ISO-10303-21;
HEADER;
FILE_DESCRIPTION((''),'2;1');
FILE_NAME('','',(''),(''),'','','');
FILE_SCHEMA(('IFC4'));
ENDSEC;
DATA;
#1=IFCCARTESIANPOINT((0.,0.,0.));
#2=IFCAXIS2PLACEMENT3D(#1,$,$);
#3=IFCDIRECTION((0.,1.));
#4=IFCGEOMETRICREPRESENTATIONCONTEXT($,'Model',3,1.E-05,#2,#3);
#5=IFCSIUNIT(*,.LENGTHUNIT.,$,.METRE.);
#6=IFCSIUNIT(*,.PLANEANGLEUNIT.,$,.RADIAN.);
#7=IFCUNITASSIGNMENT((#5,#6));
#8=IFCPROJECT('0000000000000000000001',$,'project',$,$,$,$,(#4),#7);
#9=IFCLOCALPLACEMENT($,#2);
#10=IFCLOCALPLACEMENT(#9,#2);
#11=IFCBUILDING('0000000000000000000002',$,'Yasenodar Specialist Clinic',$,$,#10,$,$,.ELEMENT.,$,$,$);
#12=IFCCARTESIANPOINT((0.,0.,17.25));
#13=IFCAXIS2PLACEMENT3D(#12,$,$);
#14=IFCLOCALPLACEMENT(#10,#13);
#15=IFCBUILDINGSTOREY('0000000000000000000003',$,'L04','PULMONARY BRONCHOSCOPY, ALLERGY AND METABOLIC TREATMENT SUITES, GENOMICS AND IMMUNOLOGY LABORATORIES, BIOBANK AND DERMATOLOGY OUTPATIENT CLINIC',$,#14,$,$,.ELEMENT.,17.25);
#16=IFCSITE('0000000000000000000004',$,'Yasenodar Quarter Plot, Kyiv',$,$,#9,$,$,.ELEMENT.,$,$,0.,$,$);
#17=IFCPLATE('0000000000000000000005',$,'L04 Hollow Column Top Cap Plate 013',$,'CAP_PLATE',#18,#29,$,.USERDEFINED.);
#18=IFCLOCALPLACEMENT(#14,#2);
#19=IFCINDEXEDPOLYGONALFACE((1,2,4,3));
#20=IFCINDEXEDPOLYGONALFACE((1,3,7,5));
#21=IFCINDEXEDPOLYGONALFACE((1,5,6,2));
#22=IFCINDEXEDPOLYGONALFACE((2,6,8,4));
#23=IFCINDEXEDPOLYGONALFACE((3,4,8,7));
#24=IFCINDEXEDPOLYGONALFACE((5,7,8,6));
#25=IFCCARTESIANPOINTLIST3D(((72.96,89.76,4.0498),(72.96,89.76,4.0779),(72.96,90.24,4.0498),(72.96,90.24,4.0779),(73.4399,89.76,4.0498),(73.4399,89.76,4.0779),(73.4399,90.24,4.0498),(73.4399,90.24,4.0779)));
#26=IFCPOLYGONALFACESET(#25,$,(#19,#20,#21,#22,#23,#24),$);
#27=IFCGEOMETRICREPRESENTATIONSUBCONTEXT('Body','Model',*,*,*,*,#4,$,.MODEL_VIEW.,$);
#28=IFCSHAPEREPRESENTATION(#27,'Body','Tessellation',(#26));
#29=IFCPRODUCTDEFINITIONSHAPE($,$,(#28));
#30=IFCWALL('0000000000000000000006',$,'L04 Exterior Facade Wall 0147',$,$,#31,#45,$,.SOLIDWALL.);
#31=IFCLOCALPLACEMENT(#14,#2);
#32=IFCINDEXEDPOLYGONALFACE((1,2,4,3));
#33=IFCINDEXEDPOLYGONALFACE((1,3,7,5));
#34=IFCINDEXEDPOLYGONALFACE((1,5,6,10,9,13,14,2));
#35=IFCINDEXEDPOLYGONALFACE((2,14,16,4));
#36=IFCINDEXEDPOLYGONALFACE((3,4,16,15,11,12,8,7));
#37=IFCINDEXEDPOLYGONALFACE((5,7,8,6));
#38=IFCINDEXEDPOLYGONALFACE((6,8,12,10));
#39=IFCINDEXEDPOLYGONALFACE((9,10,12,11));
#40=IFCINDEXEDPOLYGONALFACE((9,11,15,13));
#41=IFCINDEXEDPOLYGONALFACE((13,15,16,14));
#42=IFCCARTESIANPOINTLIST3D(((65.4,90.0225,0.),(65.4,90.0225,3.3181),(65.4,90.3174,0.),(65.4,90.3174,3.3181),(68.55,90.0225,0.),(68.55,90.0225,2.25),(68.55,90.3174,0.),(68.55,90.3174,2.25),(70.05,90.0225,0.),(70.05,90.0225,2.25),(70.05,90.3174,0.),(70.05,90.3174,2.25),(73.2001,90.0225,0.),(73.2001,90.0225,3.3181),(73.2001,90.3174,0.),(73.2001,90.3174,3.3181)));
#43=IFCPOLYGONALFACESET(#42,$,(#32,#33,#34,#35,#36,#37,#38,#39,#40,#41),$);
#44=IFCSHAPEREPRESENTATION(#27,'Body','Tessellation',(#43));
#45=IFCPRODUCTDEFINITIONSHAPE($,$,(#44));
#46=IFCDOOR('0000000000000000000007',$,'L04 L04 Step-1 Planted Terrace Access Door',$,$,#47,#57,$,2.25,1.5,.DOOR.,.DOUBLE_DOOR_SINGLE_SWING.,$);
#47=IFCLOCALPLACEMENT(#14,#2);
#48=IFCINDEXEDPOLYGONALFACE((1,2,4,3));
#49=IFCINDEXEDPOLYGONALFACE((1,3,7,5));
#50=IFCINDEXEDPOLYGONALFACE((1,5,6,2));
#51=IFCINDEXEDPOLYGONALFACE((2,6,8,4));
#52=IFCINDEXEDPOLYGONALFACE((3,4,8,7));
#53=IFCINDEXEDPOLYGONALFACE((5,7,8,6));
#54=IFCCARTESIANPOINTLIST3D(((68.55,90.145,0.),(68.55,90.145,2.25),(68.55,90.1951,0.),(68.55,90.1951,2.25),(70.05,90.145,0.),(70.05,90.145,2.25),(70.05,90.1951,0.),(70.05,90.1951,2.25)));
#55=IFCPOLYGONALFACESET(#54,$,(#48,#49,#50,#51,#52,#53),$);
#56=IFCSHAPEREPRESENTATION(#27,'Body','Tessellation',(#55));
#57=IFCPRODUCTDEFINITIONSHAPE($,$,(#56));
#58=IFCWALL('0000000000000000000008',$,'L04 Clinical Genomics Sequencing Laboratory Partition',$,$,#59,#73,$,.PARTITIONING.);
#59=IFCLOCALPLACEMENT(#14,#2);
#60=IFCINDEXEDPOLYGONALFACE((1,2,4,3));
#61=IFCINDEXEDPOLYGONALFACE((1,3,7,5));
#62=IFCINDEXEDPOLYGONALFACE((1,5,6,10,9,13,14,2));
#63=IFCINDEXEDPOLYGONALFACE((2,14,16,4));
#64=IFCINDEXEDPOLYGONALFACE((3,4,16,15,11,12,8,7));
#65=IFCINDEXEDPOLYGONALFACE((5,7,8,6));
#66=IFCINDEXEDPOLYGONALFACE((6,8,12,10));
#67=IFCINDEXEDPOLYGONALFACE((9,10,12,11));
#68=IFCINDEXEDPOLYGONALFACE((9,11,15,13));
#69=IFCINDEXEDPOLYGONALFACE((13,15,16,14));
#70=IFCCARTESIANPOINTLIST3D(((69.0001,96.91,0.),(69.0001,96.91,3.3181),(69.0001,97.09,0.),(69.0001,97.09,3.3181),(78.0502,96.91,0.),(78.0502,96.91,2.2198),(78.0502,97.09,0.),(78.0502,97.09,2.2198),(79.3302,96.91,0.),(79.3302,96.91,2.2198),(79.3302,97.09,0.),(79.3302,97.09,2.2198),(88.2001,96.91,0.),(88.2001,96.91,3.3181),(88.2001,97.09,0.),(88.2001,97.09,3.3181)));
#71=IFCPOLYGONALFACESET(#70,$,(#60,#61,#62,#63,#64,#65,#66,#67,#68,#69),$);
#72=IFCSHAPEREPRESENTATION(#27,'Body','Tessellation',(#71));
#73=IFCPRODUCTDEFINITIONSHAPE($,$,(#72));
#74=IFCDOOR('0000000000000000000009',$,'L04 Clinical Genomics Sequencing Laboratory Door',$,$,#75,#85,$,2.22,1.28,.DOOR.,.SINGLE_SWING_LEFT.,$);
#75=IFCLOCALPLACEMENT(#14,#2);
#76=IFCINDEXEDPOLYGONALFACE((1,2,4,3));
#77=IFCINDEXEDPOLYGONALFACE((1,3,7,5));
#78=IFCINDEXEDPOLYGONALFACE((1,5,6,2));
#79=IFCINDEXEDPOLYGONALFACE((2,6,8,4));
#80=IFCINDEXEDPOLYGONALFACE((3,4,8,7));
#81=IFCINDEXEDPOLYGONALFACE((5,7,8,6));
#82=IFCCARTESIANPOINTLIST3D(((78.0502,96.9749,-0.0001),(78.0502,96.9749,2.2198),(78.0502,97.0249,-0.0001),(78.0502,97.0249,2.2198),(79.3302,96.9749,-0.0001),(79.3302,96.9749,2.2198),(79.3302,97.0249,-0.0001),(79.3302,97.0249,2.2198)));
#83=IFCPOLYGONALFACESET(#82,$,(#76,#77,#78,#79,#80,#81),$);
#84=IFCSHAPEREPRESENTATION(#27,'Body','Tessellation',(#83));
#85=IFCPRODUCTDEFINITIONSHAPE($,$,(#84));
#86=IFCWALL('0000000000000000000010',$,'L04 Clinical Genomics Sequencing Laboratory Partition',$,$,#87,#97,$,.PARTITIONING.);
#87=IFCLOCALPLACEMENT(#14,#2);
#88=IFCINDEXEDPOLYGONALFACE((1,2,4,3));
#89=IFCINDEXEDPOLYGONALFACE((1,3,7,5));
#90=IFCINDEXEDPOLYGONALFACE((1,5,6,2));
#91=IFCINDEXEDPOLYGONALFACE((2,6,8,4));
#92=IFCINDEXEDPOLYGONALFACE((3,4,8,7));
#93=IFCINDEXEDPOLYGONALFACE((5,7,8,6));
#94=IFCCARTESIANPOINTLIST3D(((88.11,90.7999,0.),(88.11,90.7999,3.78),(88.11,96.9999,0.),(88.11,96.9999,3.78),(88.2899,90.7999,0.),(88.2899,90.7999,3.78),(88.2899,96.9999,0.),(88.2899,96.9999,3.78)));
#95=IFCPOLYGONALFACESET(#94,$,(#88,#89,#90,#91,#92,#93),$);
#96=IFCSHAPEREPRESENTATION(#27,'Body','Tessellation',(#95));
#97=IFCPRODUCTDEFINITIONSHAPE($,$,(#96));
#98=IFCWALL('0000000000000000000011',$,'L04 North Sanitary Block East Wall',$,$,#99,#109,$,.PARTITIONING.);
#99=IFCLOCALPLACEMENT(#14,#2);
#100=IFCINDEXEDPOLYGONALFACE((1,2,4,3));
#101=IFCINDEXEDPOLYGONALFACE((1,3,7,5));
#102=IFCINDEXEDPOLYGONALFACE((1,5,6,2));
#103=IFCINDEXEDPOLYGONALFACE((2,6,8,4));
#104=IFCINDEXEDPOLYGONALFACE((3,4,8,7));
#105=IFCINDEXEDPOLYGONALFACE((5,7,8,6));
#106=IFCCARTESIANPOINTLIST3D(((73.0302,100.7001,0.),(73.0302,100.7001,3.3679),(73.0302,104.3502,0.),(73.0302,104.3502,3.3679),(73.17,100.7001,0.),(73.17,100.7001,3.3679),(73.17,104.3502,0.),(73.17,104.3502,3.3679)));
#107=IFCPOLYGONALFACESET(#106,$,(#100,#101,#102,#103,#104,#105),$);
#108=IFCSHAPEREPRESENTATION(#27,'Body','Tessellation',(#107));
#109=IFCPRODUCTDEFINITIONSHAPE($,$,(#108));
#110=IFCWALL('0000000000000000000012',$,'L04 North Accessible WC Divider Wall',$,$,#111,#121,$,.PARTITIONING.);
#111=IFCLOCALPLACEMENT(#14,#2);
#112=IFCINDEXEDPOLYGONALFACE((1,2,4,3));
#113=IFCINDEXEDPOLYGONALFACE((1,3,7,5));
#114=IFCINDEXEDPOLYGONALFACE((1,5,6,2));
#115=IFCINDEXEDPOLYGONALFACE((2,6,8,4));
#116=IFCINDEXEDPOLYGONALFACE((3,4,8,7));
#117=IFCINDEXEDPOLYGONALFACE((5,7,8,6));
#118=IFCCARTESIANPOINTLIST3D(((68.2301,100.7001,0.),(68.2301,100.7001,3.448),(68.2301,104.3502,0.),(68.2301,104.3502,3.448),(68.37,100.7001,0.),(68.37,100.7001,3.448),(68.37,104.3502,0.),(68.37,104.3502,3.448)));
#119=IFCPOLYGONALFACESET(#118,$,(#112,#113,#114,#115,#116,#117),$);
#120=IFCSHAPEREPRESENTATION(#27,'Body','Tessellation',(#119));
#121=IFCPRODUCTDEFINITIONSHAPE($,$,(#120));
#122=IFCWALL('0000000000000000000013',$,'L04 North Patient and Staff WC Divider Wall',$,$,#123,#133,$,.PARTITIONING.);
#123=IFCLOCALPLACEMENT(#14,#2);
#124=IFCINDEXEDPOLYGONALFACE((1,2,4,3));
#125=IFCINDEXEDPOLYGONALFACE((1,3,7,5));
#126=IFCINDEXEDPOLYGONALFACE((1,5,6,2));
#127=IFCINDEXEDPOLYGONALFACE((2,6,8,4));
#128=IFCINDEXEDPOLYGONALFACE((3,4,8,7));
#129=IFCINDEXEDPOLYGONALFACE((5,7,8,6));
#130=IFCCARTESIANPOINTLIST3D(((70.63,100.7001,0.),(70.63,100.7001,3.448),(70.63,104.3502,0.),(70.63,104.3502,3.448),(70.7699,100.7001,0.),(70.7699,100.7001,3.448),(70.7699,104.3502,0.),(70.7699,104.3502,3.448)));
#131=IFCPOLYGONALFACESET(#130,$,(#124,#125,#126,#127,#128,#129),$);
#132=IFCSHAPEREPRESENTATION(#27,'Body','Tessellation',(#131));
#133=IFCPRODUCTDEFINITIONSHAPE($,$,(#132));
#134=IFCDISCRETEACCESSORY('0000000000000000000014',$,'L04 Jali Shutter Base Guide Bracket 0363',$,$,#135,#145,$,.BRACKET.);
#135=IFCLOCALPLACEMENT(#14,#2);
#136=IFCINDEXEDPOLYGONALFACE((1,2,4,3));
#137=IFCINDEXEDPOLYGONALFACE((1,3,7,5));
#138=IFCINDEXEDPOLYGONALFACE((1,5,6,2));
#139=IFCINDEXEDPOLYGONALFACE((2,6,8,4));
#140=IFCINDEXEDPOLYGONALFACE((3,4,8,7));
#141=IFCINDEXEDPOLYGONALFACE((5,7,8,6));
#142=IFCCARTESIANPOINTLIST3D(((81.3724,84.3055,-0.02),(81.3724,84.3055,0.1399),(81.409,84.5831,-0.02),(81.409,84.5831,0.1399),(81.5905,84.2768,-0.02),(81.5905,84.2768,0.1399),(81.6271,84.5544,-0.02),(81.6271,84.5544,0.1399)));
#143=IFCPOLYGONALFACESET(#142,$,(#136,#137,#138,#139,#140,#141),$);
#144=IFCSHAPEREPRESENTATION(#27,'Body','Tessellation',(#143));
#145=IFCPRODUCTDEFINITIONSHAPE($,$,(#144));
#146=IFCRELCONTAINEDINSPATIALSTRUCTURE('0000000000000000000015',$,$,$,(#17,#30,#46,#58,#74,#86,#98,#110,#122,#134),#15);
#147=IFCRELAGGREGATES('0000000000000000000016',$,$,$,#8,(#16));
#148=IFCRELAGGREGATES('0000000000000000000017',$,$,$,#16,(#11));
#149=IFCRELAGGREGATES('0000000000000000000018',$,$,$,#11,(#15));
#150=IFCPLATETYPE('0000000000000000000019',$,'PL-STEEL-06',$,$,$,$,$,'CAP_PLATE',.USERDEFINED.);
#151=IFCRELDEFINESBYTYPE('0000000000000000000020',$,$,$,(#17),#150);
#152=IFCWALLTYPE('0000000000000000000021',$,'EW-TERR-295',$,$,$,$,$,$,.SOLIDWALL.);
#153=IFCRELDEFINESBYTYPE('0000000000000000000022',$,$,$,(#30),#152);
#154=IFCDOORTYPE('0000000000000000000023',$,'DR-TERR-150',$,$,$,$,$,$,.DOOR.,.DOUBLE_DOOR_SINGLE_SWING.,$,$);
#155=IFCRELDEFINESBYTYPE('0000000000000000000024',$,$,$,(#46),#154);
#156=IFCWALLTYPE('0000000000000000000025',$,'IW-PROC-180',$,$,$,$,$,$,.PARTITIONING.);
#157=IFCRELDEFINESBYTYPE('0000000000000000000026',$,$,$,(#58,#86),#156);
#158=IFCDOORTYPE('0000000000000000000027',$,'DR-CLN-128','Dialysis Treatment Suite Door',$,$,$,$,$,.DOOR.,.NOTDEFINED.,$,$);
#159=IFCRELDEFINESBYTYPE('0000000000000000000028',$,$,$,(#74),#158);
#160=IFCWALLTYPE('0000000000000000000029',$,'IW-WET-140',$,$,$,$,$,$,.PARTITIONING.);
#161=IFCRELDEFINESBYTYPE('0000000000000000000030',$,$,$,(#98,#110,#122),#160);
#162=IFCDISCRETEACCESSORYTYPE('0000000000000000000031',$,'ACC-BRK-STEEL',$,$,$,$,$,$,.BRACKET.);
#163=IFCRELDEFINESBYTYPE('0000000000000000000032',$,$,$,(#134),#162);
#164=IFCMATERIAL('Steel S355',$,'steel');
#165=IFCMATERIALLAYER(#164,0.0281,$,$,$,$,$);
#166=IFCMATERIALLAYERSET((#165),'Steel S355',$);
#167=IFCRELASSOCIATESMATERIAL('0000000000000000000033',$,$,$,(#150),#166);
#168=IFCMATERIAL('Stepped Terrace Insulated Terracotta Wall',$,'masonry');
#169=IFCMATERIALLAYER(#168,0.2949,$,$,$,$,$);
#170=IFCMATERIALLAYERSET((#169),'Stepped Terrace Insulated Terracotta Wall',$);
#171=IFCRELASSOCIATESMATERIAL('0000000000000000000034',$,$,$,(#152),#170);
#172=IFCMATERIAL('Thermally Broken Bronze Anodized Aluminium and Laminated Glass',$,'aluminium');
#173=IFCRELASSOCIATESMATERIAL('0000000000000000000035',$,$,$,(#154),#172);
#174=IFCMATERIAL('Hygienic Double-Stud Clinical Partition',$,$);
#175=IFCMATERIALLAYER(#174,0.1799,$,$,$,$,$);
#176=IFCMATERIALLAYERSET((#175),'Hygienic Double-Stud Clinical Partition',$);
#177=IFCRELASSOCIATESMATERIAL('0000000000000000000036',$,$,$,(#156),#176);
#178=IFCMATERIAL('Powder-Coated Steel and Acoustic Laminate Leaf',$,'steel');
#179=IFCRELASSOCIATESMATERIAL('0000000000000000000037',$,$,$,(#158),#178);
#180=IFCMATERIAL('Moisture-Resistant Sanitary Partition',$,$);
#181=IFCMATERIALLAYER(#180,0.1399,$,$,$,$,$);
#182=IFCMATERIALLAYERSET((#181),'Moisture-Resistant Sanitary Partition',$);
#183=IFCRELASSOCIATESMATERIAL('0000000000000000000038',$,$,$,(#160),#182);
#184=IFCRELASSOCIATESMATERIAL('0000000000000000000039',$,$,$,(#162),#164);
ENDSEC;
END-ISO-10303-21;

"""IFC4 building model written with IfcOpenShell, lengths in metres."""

from ifc_helpers import new_model, si_unit, direction, frame, frame_2d, origin, origin_2d, place, context, subcontext, project, spatial, rectangle, extrude, material, layer, layer_set, type_object, element, fill, save


model = new_model("IFC4")

# Units and contexts
model_context = context("Model", 3, precision=1e-05, world=origin(), true_north=direction((0.0, 1.0)))
body_context = subcontext(model_context, "Body", "Model", "MODEL_VIEW")
ifc_project = project(units=[si_unit("LENGTHUNIT", "METRE"), si_unit("PLANEANGLEUNIT", "RADIAN")], contexts=[model_context])

# Site, building, storey
site_placement = place(None, origin())
site = spatial("IfcSite", under=ifc_project, at=site_placement, Name="Yasenodar Quarter Plot, Kyiv", CompositionType="ELEMENT", RefElevation=0.0)
building_placement = place(site_placement, origin())
building = spatial("IfcBuilding", under=site, at=building_placement, Name="Yasenodar Specialist Clinic", CompositionType="ELEMENT")
storey_placement = place(building_placement, frame((0.0, 0.0, 17.25)))
storey = spatial("IfcBuildingStorey", under=building, at=storey_placement, Name="L04", Description="PULMONARY BRONCHOSCOPY, ALLERGY AND METABOLIC TREATMENT SUITES, GENOMICS AND IMMUNOLOGY LABORATORIES, BIOBANK AND DERMATOLOGY OUTPATIENT CLINIC", CompositionType="ELEMENT", Elevation=17.25)

# Shared definitions
ifc_material_1 = material(Name="Steel S355", Category="steel")

# Plate
ifc_layer_1 = layer(ifc_material_1, 0.0281)
ifc_layer_set_1 = layer_set([ifc_layer_1], Name="Steel S355")
plate_type_1 = type_object("IfcPlateType", Name="PL-STEEL-06", ElementType="CAP_PLATE", PredefinedType="USERDEFINED", material=ifc_layer_set_1)
plate_placement = place(storey_placement, frame((73.2, 90.0, 4.0498), z_axis=(0.0, 0.0, 1.0), x_axis=(1.0, 0.0, 0.0)))
element("IfcPlate", 1, at=plate_placement, inside=storey, type_object=plate_type_1, Name="L04 Hollow Column Top Cap Plate 013", ObjectType="CAP_PLATE", PredefinedType="USERDEFINED", context=body_context, shape_type="SweptSolid", body=[
    extrude(rectangle(XDim=0.48, YDim=0.48, at=origin_2d()), origin(), (0.0, 0.0, 1.0), 0.0281),
])

# Walls, openings, doors
ifc_material_2 = material(Name="Stepped Terrace Insulated Terracotta Wall", Category="masonry")
ifc_layer_2 = layer(ifc_material_2, 0.2949)
ifc_layer_set_2 = layer_set([ifc_layer_2], Name="Stepped Terrace Insulated Terracotta Wall")
wall_type_1 = type_object("IfcWallType", Name="EW-TERR-295", PredefinedType="SOLIDWALL", material=ifc_layer_set_2)
wall_1_placement = place(storey_placement, frame((73.2, 90.1699, 0.0), z_axis=(0.0, 0.0, 1.0), x_axis=(-1.0, 0.0, 0.0)))
wall_1 = element("IfcWall", 2, at=wall_1_placement, inside=storey, type_object=wall_type_1, Name="L04 Exterior Facade Wall 0147", PredefinedType="SOLIDWALL", context=body_context, shape_type="SweptSolid", body=[
    extrude(rectangle(XDim=7.8, YDim=0.2949, at=frame_2d((3.8999, 0.0))), origin(), (0.0, 0.0, 1.0), 3.3181),
])
opening_1_placement = place(wall_1_placement, frame((3.1499, 0.0, 0.0)))
opening_1 = element("IfcOpeningElement", 3, at=opening_1_placement, cuts=wall_1, PredefinedType="OPENING", context=body_context, shape_type="SweptSolid", body=[
    extrude(rectangle(XDim=1.5, YDim=2.25, at=frame_2d((0.75, 1.125))), frame((0.0, 0.1575, 0.0), z_axis=(0.0, -1.0, 0.0), x_axis=(1.0, 0.0, 0.0)), (0.0, 0.0, 1.0), 0.3149),
])
ifc_material_3 = material(Name="Thermally Broken Bronze Anodized Aluminium and Laminated Glass", Category="aluminium")
door_type_1 = type_object("IfcDoorType", Name="DR-TERR-150", OperationType="DOUBLE_DOOR_SINGLE_SWING", PredefinedType="DOOR", material=ifc_material_3)
door_1_placement = place(opening_1_placement, origin())
door_1 = element("IfcDoor", 4, at=door_1_placement, inside=storey, type_object=door_type_1, Name="L04 L04 Step-1 Planted Terrace Access Door", OperationType="DOUBLE_DOOR_SINGLE_SWING", OverallHeight=2.25, OverallWidth=1.5, PredefinedType="DOOR", context=body_context, shape_type="SweptSolid", body=[
    extrude(rectangle(XDim=1.5, YDim=2.25, at=frame_2d((0.75, 1.125))), frame((0.0, 0.0249, 0.0), z_axis=(0.0, -1.0, 0.0), x_axis=(1.0, 0.0, 0.0)), (0.0, 0.0, 1.0), 0.05),
])
fill(opening_1, door_1)
ifc_material_4 = material(Name="Hygienic Double-Stud Clinical Partition")
ifc_layer_3 = layer(ifc_material_4, 0.1799)
ifc_layer_set_3 = layer_set([ifc_layer_3], Name="Hygienic Double-Stud Clinical Partition")
wall_type_2 = type_object("IfcWallType", Name="IW-PROC-180", PredefinedType="PARTITIONING", material=ifc_layer_set_3)
wall_2_placement = place(storey_placement, frame((69.0, 97.0, 0.0), z_axis=(0.0, 0.0, 1.0), x_axis=(1.0, 0.0, 0.0)))
wall_2 = element("IfcWall", 5, at=wall_2_placement, inside=storey, type_object=wall_type_2, Name="L04 Clinical Genomics Sequencing Laboratory Partition", PredefinedType="PARTITIONING", context=body_context, shape_type="SweptSolid", body=[
    extrude(rectangle(XDim=19.2, YDim=0.1799, at=frame_2d((9.6001, 0.0))), origin(), (0.0, 0.0, 1.0), 3.3181),
])
opening_2_placement = place(wall_2_placement, frame((9.05, 0.0, 0.0)))
opening_2 = element("IfcOpeningElement", 6, at=opening_2_placement, cuts=wall_2, PredefinedType="OPENING", context=body_context, shape_type="SweptSolid", body=[
    extrude(rectangle(XDim=1.28, YDim=2.22, at=frame_2d((0.6401, 1.1099))), frame((0.0, 0.1001, 0.0), z_axis=(0.0, -1.0, 0.0), x_axis=(1.0, 0.0, 0.0)), (0.0, 0.0, 1.0), 0.2),
])
ifc_material_5 = material(Name="Powder-Coated Steel and Acoustic Laminate Leaf", Category="steel")
door_type_2 = type_object("IfcDoorType", Name="DR-CLN-128", Description="Dialysis Treatment Suite Door", OperationType="NOTDEFINED", PredefinedType="DOOR", material=ifc_material_5)
door_2_placement = place(opening_2_placement, origin())
door_2 = element("IfcDoor", 7, at=door_2_placement, inside=storey, type_object=door_type_2, Name="L04 Clinical Genomics Sequencing Laboratory Door", OperationType="SINGLE_SWING_LEFT", OverallHeight=2.22, OverallWidth=1.28, PredefinedType="DOOR", context=body_context, shape_type="SweptSolid", body=[
    extrude(rectangle(XDim=1.28, YDim=2.22, at=frame_2d((0.6401, 1.1099))), frame((0.0, 0.0249, 0.0), z_axis=(0.0, -1.0, 0.0), x_axis=(1.0, 0.0, 0.0)), (0.0, 0.0, 1.0), 0.05),
])
fill(opening_2, door_2)

# Walls
wall_3_placement = place(storey_placement, frame((88.2, 97.0, 0.0), z_axis=(0.0, 0.0, 1.0), x_axis=(0.0, -1.0, 0.0)))
element("IfcWall", 8, at=wall_3_placement, inside=storey, type_object=wall_type_2, Name="L04 Clinical Genomics Sequencing Laboratory Partition", PredefinedType="PARTITIONING", context=body_context, shape_type="SweptSolid", body=[
    extrude(rectangle(XDim=6.2, YDim=0.1799, at=frame_2d((3.1001, 0.0))), origin(), (0.0, 0.0, 1.0), 3.78),
])
ifc_material_6 = material(Name="Moisture-Resistant Sanitary Partition")
ifc_layer_4 = layer(ifc_material_6, 0.1399)
ifc_layer_set_4 = layer_set([ifc_layer_4], Name="Moisture-Resistant Sanitary Partition")
wall_type_3 = type_object("IfcWallType", Name="IW-WET-140", PredefinedType="PARTITIONING", material=ifc_layer_set_4)
wall_4_placement = place(storey_placement, frame((73.1001, 100.7, 0.0), z_axis=(0.0, 0.0, 1.0), x_axis=(0.0, 1.0, 0.0)))
element("IfcWall", 9, at=wall_4_placement, inside=storey, type_object=wall_type_3, Name="L04 North Sanitary Block East Wall", PredefinedType="PARTITIONING", context=body_context, shape_type="SweptSolid", body=[
    extrude(rectangle(XDim=3.6501, YDim=0.1399, at=frame_2d((1.8252, 0.0))), origin(), (0.0, 0.0, 1.0), 3.3679),
])
for number, where, z_axis, x_axis, name in (
    (10, (68.3, 100.7, 0.0), (0.0, 0.0, 1.0), (0.0, 1.0, 0.0), "L04 North Accessible WC Divider Wall"),
    (11, (70.7, 100.7, 0.0), (0.0, 0.0, 1.0), (0.0, 1.0, 0.0), "L04 North Patient and Staff WC Divider Wall"),
):
    element("IfcWall", number, at=place(storey_placement, frame(where, z_axis=z_axis, x_axis=x_axis)), inside=storey, type_object=wall_type_3, Name=name, PredefinedType="PARTITIONING", context=body_context, shape_type="SweptSolid", body=[
        extrude(rectangle(XDim=3.6501, YDim=0.1399, at=frame_2d((1.8252, 0.0))), origin(), (0.0, 0.0, 1.0), 3.448),
    ])

# Discrete accessory
discrete_accessory_type = type_object("IfcDiscreteAccessoryType", Name="ACC-BRK-STEEL", PredefinedType="BRACKET", material=ifc_material_1)
discrete_accessory_placement = place(storey_placement, frame((81.4998, 84.4299, -0.02), z_axis=(0.0, 0.0, 1.0), x_axis=(-0.991446, 0.130519, 0.0)))
element("IfcDiscreteAccessory", 12, at=discrete_accessory_placement, inside=storey, type_object=discrete_accessory_type, Name="L04 Jali Shutter Base Guide Bracket 0363", PredefinedType="BRACKET", context=body_context, shape_type="SweptSolid", body=[
    extrude(rectangle(XDim=0.22, YDim=0.28, at=origin_2d()), origin(), (0.0, 0.0, 1.0), 0.1599),
])

save(model, "model.ifc")
